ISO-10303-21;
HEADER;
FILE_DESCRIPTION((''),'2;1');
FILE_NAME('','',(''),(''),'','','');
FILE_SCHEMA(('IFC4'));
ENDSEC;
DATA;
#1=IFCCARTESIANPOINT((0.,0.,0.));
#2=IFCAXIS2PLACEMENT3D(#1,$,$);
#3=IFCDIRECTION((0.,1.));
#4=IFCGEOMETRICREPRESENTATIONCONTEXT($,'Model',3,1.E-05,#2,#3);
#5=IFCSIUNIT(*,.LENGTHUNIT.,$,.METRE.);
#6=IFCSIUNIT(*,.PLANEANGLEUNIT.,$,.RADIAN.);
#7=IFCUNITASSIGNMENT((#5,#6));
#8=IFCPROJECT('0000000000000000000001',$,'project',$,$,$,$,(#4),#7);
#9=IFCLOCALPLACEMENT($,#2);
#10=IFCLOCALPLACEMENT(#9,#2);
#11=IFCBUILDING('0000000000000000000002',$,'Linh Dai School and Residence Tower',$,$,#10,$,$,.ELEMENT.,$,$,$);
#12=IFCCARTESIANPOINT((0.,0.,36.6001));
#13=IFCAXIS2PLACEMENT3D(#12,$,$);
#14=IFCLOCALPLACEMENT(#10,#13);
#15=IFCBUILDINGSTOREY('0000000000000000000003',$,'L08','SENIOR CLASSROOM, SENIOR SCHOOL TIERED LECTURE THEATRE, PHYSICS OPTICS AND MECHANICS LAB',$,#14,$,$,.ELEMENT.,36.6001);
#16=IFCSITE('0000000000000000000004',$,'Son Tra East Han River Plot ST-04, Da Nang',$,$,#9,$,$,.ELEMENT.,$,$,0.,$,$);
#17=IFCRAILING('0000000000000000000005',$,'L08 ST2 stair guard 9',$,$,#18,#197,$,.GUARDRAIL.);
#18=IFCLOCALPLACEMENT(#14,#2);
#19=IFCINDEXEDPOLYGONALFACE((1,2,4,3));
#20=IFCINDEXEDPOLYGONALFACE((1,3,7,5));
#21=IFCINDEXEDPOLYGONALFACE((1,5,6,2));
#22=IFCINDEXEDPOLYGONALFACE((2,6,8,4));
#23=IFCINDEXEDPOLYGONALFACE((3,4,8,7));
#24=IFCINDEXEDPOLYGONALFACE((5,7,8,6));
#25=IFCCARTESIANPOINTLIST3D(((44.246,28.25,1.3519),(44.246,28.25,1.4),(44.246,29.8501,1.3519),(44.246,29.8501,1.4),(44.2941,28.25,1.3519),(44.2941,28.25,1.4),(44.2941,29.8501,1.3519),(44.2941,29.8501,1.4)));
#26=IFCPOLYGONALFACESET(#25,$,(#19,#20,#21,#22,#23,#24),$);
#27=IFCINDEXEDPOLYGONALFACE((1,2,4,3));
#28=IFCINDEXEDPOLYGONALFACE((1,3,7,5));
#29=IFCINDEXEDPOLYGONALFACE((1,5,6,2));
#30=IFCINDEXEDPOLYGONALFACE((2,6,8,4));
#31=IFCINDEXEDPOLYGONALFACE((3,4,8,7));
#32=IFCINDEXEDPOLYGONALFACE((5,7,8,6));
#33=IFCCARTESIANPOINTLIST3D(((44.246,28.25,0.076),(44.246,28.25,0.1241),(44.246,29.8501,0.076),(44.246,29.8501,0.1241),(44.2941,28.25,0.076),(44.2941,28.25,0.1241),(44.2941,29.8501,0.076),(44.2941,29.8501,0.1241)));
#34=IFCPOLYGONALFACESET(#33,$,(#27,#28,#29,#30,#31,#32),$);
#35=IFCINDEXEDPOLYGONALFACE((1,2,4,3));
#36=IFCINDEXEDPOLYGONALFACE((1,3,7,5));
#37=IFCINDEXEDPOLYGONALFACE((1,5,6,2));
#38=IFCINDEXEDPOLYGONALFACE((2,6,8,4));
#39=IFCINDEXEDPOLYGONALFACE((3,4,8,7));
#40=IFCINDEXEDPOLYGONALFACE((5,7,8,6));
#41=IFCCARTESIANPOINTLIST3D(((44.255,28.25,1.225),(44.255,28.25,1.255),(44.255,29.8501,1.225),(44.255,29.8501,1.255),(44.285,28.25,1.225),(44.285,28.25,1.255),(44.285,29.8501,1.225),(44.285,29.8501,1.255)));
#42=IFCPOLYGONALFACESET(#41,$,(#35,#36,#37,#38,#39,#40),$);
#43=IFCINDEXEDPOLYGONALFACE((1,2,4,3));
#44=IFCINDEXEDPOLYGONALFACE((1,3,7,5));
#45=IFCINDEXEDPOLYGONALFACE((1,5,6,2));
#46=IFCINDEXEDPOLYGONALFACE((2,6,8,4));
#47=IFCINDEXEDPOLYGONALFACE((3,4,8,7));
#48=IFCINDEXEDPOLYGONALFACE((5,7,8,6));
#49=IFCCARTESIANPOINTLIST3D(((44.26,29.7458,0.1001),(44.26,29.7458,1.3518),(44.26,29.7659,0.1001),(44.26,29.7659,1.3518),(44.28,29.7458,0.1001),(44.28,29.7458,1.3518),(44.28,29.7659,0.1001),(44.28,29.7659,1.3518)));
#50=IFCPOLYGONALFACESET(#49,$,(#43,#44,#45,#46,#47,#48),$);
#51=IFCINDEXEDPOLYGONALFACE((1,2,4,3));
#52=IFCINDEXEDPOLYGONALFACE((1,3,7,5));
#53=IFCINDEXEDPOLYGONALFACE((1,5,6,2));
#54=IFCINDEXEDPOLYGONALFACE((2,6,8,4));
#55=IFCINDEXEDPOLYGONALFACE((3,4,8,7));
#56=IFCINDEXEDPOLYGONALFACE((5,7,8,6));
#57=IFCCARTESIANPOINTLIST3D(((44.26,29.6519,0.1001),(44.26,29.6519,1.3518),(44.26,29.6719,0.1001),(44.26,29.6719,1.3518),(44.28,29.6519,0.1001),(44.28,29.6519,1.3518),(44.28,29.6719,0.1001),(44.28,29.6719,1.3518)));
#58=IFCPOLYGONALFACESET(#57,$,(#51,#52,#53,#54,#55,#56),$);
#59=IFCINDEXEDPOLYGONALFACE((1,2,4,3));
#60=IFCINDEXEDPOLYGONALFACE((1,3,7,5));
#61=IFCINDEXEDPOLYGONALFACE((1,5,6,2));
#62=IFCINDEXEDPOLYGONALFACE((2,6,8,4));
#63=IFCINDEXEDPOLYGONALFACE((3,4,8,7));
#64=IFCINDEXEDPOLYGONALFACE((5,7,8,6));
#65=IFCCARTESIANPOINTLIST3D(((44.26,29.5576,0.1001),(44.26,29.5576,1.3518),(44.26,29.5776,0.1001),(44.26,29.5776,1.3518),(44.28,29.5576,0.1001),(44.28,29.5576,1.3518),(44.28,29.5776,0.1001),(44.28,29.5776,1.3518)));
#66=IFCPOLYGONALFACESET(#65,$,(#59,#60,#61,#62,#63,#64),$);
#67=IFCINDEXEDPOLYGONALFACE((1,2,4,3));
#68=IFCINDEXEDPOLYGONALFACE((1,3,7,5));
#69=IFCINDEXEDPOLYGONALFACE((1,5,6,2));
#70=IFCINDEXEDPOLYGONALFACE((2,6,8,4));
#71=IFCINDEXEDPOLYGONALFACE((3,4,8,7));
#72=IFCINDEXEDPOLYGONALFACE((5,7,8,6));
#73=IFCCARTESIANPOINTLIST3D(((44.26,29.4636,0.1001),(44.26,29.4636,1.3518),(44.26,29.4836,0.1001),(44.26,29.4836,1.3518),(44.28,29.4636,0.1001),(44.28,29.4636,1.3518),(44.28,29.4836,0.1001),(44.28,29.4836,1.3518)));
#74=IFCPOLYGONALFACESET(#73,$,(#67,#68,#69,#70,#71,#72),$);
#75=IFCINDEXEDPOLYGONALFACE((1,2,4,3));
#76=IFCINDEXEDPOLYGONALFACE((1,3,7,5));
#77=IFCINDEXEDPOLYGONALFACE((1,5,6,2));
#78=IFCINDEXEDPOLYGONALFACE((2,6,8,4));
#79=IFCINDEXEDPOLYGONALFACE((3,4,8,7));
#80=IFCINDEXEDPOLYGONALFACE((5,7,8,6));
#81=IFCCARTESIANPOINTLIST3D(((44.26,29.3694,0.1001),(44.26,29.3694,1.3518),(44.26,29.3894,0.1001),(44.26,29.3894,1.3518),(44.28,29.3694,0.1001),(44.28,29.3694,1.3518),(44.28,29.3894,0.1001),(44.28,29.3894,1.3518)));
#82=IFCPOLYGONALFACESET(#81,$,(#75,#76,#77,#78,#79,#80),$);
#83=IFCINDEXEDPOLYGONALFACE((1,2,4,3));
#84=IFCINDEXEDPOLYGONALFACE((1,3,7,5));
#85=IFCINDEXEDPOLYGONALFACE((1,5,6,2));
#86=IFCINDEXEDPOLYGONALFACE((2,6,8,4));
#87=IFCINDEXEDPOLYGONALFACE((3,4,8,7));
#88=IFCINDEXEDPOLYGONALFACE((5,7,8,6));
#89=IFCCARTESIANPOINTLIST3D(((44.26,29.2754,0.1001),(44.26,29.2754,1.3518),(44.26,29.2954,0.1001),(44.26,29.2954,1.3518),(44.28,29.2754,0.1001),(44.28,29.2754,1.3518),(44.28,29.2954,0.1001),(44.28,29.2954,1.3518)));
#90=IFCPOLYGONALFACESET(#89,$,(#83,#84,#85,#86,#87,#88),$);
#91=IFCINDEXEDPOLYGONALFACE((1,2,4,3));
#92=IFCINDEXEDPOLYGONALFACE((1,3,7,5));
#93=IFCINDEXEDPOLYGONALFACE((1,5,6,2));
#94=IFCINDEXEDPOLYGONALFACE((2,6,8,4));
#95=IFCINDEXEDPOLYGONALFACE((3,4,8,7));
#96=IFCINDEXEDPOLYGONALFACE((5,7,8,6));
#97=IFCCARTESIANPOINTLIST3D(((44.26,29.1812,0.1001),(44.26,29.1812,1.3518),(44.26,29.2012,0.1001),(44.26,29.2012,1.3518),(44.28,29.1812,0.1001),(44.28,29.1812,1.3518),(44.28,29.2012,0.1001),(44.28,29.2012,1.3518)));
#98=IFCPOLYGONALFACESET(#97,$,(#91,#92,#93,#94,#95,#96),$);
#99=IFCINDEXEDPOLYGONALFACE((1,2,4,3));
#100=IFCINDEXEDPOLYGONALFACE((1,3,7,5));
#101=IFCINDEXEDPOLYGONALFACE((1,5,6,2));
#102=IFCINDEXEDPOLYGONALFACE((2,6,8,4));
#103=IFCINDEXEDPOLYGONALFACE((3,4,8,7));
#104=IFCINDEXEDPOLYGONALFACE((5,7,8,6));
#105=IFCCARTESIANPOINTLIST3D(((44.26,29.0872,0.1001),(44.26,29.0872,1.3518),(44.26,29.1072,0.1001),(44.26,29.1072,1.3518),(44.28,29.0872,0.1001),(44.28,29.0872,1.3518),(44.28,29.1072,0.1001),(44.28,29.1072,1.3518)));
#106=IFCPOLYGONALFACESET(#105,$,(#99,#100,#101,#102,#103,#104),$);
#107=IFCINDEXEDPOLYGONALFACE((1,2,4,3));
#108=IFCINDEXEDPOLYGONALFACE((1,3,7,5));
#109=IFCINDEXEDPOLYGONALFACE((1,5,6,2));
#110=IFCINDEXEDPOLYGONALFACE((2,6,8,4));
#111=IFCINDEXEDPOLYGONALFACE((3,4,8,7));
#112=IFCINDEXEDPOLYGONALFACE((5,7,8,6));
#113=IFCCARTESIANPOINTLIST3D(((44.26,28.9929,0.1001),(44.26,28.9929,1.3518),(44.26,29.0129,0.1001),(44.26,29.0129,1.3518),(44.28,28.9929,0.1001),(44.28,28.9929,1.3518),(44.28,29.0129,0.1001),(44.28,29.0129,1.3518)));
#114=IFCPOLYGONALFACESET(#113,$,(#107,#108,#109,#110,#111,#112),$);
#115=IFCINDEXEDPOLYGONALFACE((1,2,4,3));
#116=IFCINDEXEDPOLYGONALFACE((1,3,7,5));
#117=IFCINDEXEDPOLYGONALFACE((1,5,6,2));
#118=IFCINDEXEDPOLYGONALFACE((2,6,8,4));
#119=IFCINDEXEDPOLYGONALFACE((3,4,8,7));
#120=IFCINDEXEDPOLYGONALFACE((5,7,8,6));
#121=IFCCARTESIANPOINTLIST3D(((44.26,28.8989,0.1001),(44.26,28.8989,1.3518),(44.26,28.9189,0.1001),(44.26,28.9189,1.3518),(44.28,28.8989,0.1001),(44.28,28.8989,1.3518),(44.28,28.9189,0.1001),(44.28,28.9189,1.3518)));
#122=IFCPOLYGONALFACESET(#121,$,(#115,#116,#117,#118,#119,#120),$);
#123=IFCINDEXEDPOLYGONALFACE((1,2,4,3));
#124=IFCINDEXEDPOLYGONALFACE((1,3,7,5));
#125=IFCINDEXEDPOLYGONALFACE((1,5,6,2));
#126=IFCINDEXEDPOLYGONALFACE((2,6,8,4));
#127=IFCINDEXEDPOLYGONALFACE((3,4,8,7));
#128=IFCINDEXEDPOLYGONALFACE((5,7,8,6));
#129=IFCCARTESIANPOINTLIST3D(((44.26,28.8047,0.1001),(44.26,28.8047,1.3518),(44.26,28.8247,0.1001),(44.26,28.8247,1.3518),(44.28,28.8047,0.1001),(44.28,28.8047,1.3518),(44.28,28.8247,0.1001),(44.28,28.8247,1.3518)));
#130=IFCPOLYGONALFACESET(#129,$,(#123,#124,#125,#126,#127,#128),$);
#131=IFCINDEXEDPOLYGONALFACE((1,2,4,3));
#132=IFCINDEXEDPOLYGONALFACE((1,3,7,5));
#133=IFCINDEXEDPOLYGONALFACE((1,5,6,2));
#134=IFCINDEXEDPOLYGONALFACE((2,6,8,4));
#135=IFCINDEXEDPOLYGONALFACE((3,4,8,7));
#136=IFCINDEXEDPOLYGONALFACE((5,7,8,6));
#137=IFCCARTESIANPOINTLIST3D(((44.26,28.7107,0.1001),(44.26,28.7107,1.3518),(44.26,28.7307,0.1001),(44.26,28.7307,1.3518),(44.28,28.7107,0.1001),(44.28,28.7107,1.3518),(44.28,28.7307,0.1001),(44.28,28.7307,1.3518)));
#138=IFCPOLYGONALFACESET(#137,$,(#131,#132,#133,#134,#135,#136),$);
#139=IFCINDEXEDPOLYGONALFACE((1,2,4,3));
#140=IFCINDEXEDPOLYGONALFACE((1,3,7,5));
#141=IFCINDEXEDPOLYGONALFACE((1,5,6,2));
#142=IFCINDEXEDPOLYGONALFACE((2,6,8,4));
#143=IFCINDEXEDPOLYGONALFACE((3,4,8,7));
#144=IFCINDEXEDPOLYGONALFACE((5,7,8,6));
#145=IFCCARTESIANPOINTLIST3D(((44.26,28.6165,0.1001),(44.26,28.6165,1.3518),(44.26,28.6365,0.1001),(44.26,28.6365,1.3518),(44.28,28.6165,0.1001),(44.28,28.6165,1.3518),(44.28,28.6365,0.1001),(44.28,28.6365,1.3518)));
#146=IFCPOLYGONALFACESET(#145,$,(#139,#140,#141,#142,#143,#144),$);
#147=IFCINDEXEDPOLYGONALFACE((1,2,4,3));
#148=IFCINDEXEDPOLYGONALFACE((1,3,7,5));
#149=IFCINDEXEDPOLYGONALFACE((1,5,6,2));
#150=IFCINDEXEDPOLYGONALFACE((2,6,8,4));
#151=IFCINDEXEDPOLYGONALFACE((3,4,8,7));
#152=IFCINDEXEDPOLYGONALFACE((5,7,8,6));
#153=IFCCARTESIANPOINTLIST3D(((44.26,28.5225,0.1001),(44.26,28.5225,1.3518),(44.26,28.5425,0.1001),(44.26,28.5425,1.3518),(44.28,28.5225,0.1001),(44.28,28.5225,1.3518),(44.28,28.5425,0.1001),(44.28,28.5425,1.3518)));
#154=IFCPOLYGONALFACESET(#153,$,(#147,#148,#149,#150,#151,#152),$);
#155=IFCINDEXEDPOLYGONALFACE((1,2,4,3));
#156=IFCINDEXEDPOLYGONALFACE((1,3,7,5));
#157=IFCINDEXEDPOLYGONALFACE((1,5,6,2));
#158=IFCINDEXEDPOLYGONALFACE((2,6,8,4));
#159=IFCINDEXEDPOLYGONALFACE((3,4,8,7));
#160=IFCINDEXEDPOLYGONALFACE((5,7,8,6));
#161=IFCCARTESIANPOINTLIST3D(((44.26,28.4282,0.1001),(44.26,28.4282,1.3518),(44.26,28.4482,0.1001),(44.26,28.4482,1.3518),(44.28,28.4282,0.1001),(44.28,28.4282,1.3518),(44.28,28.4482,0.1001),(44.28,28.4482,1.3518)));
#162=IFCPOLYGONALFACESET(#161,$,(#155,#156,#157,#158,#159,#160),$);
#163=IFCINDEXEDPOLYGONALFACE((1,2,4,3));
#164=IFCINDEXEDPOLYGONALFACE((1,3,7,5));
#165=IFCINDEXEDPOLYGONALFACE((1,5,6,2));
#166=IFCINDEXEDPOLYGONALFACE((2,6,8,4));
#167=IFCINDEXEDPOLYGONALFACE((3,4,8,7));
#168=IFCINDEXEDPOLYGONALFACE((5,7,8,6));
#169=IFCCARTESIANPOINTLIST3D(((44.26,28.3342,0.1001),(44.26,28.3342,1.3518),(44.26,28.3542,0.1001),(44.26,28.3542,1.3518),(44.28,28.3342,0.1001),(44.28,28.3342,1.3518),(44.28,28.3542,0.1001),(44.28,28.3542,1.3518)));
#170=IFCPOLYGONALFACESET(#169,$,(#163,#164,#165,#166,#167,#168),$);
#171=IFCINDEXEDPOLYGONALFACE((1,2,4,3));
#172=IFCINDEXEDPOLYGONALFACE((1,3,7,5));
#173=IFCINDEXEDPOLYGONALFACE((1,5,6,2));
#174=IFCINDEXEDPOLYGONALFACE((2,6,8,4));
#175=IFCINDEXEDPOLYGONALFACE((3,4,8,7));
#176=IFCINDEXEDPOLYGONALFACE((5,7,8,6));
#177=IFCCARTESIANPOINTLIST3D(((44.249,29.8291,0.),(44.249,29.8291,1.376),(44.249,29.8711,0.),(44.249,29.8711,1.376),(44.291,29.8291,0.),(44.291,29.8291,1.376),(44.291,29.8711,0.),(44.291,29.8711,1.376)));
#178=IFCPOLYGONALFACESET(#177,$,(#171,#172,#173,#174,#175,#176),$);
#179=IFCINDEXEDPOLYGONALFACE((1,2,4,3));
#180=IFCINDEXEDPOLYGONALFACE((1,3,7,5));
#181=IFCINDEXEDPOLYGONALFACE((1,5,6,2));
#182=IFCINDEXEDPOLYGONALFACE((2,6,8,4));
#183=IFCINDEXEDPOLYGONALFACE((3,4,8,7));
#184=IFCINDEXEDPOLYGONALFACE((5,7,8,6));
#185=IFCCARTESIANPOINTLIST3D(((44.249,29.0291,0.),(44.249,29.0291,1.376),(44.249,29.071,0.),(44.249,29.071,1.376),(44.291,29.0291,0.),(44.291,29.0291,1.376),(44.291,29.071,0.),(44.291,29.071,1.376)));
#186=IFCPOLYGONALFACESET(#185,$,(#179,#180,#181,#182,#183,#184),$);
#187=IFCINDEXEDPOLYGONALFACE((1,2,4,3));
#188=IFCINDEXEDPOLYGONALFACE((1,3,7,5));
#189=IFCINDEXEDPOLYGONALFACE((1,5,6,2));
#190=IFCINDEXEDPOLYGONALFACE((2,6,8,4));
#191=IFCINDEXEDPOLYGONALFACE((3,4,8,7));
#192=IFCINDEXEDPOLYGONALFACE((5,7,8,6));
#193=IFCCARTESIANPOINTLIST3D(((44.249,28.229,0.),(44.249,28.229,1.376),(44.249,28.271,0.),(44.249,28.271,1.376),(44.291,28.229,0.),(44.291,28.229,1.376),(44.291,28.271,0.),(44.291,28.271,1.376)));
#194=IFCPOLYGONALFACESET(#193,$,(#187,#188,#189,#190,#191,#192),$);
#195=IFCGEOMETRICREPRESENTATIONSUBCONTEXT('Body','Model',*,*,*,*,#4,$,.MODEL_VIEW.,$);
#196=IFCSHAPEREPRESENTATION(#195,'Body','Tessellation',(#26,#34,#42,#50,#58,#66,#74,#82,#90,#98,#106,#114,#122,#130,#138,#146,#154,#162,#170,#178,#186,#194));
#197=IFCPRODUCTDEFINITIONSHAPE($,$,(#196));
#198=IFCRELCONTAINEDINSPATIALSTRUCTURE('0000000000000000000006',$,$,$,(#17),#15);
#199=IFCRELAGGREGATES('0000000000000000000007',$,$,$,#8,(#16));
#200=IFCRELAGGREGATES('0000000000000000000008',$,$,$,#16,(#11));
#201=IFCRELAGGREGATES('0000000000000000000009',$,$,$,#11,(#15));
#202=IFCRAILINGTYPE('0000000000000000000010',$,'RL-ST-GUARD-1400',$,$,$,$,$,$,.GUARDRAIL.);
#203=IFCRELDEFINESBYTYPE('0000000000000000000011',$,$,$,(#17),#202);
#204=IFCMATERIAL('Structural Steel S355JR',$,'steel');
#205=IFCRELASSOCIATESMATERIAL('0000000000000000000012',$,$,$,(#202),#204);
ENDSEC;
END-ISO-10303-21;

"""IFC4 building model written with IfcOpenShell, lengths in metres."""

from ifc_helpers import new_model, si_unit, direction, frame, origin, origin_2d, place, context, subcontext, project, spatial, rectangle, extrude, source, transform, mapped, material, type_object, element, save


model = new_model("IFC4")

# Units and contexts
model_context = context("Model", 3, precision=1e-05, world=origin(), true_north=direction((0.0, 1.0)))
body_context = subcontext(model_context, "Body", "Model", "MODEL_VIEW")
ifc_project = project(units=[si_unit("LENGTHUNIT", "METRE"), si_unit("PLANEANGLEUNIT", "RADIAN")], contexts=[model_context])

# Site, building, storey
site_placement = place(None, origin())
site = spatial("IfcSite", under=ifc_project, at=site_placement, Name="Son Tra East Han River Plot ST-04, Da Nang", CompositionType="ELEMENT", RefElevation=0.0)
building_placement = place(site_placement, origin())
building = spatial("IfcBuilding", under=site, at=building_placement, Name="Linh Dai School and Residence Tower", CompositionType="ELEMENT")
storey_placement = place(building_placement, frame((0.0, 0.0, 36.6001)))
storey = spatial("IfcBuildingStorey", under=building, at=storey_placement, Name="L08", Description="SENIOR CLASSROOM, SENIOR SCHOOL TIERED LECTURE THEATRE, PHYSICS OPTICS AND MECHANICS LAB", CompositionType="ELEMENT", Elevation=36.6001)

# Shared definitions
ifc_material_1 = material(Name="Structural Steel S355JR", Category="steel")

# Railing
railing_type_1 = type_object("IfcRailingType", Name="RL-ST-GUARD-1400", PredefinedType="GUARDRAIL", material=ifc_material_1)
shared_shape_1 = source(origin(), body_context, "Body", "SweptSolid", [
    extrude(rectangle(XDim=0.0481, YDim=0.0481, at=origin_2d()), frame((0.0, 0.0, 1.376), z_axis=(0.0, -1.0, 0.0), x_axis=(1.0, 0.0, 0.0)), (0.0, 0.0, 1.0), 1.6001),
    extrude(rectangle(XDim=0.0481, YDim=0.0481, at=origin_2d()), frame((0.0, 0.0, 0.1001), z_axis=(0.0, -1.0, 0.0), x_axis=(1.0, 0.0, 0.0)), (0.0, 0.0, 1.0), 1.6001),
    extrude(rectangle(XDim=0.03, YDim=0.03, at=origin_2d()), frame((0.0, 0.0, 1.24), z_axis=(0.0, -1.0, 0.0), x_axis=(1.0, 0.0, 0.0)), (0.0, 0.0, 1.0), 1.6001),
    extrude(rectangle(XDim=0.02, YDim=0.02, at=origin_2d()), frame((0.0, -0.0942, 0.1001)), (0.0, 0.0, 1.0), 1.2517),
    extrude(rectangle(XDim=0.02, YDim=0.02, at=origin_2d()), frame((0.0, -0.1882, 0.1001)), (0.0, 0.0, 1.0), 1.2517),
    extrude(rectangle(XDim=0.02, YDim=0.02, at=origin_2d()), frame((0.0, -0.2825, 0.1001)), (0.0, 0.0, 1.0), 1.2517),
    extrude(rectangle(XDim=0.02, YDim=0.02, at=origin_2d()), frame((0.0, -0.3765, 0.1001)), (0.0, 0.0, 1.0), 1.2517),
    extrude(rectangle(XDim=0.02, YDim=0.02, at=origin_2d()), frame((0.0, -0.4707, 0.1001)), (0.0, 0.0, 1.0), 1.2517),
    extrude(rectangle(XDim=0.02, YDim=0.02, at=origin_2d()), frame((0.0, -0.5647, 0.1001)), (0.0, 0.0, 1.0), 1.2517),
    extrude(rectangle(XDim=0.02, YDim=0.02, at=origin_2d()), frame((0.0, -0.6589, 0.1001)), (0.0, 0.0, 1.0), 1.2517),
    extrude(rectangle(XDim=0.02, YDim=0.02, at=origin_2d()), frame((0.0, -0.7529, 0.1001)), (0.0, 0.0, 1.0), 1.2517),
    extrude(rectangle(XDim=0.02, YDim=0.02, at=origin_2d()), frame((0.0, -0.8472, 0.1001)), (0.0, 0.0, 1.0), 1.2517),
    extrude(rectangle(XDim=0.02, YDim=0.02, at=origin_2d()), frame((0.0, -0.9412, 0.1001)), (0.0, 0.0, 1.0), 1.2517),
    extrude(rectangle(XDim=0.02, YDim=0.02, at=origin_2d()), frame((0.0, -1.0354, 0.1001)), (0.0, 0.0, 1.0), 1.2517),
    extrude(rectangle(XDim=0.02, YDim=0.02, at=origin_2d()), frame((0.0, -1.1294, 0.1001)), (0.0, 0.0, 1.0), 1.2517),
    extrude(rectangle(XDim=0.02, YDim=0.02, at=origin_2d()), frame((0.0, -1.2236, 0.1001)), (0.0, 0.0, 1.0), 1.2517),
    extrude(rectangle(XDim=0.02, YDim=0.02, at=origin_2d()), frame((0.0, -1.3176, 0.1001)), (0.0, 0.0, 1.0), 1.2517),
    extrude(rectangle(XDim=0.02, YDim=0.02, at=origin_2d()), frame((0.0, -1.4119, 0.1001)), (0.0, 0.0, 1.0), 1.2517),
    extrude(rectangle(XDim=0.02, YDim=0.02, at=origin_2d()), frame((0.0, -1.5059, 0.1001)), (0.0, 0.0, 1.0), 1.2517),
    extrude(rectangle(XDim=0.042, YDim=0.042, at=origin_2d()), origin(), (0.0, 0.0, 1.0), 1.376),
    extrude(rectangle(XDim=0.042, YDim=0.042, at=origin_2d()), frame((0.0, -0.8, 0.0)), (0.0, 0.0, 1.0), 1.376),
    extrude(rectangle(XDim=0.042, YDim=0.042, at=origin_2d()), frame((0.0, -1.6001, 0.0)), (0.0, 0.0, 1.0), 1.376),
])
for number, where, name in (
    (1, (44.27, 29.8501, 0.0), "L08 ST2 stair guard 9"),
):
    element("IfcRailing", number, at=place(storey_placement, frame(where)), inside=storey, type_object=railing_type_1, Name=name, PredefinedType="GUARDRAIL", context=body_context, shape_type="MappedRepresentation", body=[
        mapped(shared_shape_1, transform((0.0, 0.0, 0.0), x_axis=(1.0, 0.0, 0.0), y_axis=(0.0, 1.0, 0.0), z_axis=(0.0, 0.0, 1.0), scale=1.0)),
    ])

save(model, "model.ifc")
